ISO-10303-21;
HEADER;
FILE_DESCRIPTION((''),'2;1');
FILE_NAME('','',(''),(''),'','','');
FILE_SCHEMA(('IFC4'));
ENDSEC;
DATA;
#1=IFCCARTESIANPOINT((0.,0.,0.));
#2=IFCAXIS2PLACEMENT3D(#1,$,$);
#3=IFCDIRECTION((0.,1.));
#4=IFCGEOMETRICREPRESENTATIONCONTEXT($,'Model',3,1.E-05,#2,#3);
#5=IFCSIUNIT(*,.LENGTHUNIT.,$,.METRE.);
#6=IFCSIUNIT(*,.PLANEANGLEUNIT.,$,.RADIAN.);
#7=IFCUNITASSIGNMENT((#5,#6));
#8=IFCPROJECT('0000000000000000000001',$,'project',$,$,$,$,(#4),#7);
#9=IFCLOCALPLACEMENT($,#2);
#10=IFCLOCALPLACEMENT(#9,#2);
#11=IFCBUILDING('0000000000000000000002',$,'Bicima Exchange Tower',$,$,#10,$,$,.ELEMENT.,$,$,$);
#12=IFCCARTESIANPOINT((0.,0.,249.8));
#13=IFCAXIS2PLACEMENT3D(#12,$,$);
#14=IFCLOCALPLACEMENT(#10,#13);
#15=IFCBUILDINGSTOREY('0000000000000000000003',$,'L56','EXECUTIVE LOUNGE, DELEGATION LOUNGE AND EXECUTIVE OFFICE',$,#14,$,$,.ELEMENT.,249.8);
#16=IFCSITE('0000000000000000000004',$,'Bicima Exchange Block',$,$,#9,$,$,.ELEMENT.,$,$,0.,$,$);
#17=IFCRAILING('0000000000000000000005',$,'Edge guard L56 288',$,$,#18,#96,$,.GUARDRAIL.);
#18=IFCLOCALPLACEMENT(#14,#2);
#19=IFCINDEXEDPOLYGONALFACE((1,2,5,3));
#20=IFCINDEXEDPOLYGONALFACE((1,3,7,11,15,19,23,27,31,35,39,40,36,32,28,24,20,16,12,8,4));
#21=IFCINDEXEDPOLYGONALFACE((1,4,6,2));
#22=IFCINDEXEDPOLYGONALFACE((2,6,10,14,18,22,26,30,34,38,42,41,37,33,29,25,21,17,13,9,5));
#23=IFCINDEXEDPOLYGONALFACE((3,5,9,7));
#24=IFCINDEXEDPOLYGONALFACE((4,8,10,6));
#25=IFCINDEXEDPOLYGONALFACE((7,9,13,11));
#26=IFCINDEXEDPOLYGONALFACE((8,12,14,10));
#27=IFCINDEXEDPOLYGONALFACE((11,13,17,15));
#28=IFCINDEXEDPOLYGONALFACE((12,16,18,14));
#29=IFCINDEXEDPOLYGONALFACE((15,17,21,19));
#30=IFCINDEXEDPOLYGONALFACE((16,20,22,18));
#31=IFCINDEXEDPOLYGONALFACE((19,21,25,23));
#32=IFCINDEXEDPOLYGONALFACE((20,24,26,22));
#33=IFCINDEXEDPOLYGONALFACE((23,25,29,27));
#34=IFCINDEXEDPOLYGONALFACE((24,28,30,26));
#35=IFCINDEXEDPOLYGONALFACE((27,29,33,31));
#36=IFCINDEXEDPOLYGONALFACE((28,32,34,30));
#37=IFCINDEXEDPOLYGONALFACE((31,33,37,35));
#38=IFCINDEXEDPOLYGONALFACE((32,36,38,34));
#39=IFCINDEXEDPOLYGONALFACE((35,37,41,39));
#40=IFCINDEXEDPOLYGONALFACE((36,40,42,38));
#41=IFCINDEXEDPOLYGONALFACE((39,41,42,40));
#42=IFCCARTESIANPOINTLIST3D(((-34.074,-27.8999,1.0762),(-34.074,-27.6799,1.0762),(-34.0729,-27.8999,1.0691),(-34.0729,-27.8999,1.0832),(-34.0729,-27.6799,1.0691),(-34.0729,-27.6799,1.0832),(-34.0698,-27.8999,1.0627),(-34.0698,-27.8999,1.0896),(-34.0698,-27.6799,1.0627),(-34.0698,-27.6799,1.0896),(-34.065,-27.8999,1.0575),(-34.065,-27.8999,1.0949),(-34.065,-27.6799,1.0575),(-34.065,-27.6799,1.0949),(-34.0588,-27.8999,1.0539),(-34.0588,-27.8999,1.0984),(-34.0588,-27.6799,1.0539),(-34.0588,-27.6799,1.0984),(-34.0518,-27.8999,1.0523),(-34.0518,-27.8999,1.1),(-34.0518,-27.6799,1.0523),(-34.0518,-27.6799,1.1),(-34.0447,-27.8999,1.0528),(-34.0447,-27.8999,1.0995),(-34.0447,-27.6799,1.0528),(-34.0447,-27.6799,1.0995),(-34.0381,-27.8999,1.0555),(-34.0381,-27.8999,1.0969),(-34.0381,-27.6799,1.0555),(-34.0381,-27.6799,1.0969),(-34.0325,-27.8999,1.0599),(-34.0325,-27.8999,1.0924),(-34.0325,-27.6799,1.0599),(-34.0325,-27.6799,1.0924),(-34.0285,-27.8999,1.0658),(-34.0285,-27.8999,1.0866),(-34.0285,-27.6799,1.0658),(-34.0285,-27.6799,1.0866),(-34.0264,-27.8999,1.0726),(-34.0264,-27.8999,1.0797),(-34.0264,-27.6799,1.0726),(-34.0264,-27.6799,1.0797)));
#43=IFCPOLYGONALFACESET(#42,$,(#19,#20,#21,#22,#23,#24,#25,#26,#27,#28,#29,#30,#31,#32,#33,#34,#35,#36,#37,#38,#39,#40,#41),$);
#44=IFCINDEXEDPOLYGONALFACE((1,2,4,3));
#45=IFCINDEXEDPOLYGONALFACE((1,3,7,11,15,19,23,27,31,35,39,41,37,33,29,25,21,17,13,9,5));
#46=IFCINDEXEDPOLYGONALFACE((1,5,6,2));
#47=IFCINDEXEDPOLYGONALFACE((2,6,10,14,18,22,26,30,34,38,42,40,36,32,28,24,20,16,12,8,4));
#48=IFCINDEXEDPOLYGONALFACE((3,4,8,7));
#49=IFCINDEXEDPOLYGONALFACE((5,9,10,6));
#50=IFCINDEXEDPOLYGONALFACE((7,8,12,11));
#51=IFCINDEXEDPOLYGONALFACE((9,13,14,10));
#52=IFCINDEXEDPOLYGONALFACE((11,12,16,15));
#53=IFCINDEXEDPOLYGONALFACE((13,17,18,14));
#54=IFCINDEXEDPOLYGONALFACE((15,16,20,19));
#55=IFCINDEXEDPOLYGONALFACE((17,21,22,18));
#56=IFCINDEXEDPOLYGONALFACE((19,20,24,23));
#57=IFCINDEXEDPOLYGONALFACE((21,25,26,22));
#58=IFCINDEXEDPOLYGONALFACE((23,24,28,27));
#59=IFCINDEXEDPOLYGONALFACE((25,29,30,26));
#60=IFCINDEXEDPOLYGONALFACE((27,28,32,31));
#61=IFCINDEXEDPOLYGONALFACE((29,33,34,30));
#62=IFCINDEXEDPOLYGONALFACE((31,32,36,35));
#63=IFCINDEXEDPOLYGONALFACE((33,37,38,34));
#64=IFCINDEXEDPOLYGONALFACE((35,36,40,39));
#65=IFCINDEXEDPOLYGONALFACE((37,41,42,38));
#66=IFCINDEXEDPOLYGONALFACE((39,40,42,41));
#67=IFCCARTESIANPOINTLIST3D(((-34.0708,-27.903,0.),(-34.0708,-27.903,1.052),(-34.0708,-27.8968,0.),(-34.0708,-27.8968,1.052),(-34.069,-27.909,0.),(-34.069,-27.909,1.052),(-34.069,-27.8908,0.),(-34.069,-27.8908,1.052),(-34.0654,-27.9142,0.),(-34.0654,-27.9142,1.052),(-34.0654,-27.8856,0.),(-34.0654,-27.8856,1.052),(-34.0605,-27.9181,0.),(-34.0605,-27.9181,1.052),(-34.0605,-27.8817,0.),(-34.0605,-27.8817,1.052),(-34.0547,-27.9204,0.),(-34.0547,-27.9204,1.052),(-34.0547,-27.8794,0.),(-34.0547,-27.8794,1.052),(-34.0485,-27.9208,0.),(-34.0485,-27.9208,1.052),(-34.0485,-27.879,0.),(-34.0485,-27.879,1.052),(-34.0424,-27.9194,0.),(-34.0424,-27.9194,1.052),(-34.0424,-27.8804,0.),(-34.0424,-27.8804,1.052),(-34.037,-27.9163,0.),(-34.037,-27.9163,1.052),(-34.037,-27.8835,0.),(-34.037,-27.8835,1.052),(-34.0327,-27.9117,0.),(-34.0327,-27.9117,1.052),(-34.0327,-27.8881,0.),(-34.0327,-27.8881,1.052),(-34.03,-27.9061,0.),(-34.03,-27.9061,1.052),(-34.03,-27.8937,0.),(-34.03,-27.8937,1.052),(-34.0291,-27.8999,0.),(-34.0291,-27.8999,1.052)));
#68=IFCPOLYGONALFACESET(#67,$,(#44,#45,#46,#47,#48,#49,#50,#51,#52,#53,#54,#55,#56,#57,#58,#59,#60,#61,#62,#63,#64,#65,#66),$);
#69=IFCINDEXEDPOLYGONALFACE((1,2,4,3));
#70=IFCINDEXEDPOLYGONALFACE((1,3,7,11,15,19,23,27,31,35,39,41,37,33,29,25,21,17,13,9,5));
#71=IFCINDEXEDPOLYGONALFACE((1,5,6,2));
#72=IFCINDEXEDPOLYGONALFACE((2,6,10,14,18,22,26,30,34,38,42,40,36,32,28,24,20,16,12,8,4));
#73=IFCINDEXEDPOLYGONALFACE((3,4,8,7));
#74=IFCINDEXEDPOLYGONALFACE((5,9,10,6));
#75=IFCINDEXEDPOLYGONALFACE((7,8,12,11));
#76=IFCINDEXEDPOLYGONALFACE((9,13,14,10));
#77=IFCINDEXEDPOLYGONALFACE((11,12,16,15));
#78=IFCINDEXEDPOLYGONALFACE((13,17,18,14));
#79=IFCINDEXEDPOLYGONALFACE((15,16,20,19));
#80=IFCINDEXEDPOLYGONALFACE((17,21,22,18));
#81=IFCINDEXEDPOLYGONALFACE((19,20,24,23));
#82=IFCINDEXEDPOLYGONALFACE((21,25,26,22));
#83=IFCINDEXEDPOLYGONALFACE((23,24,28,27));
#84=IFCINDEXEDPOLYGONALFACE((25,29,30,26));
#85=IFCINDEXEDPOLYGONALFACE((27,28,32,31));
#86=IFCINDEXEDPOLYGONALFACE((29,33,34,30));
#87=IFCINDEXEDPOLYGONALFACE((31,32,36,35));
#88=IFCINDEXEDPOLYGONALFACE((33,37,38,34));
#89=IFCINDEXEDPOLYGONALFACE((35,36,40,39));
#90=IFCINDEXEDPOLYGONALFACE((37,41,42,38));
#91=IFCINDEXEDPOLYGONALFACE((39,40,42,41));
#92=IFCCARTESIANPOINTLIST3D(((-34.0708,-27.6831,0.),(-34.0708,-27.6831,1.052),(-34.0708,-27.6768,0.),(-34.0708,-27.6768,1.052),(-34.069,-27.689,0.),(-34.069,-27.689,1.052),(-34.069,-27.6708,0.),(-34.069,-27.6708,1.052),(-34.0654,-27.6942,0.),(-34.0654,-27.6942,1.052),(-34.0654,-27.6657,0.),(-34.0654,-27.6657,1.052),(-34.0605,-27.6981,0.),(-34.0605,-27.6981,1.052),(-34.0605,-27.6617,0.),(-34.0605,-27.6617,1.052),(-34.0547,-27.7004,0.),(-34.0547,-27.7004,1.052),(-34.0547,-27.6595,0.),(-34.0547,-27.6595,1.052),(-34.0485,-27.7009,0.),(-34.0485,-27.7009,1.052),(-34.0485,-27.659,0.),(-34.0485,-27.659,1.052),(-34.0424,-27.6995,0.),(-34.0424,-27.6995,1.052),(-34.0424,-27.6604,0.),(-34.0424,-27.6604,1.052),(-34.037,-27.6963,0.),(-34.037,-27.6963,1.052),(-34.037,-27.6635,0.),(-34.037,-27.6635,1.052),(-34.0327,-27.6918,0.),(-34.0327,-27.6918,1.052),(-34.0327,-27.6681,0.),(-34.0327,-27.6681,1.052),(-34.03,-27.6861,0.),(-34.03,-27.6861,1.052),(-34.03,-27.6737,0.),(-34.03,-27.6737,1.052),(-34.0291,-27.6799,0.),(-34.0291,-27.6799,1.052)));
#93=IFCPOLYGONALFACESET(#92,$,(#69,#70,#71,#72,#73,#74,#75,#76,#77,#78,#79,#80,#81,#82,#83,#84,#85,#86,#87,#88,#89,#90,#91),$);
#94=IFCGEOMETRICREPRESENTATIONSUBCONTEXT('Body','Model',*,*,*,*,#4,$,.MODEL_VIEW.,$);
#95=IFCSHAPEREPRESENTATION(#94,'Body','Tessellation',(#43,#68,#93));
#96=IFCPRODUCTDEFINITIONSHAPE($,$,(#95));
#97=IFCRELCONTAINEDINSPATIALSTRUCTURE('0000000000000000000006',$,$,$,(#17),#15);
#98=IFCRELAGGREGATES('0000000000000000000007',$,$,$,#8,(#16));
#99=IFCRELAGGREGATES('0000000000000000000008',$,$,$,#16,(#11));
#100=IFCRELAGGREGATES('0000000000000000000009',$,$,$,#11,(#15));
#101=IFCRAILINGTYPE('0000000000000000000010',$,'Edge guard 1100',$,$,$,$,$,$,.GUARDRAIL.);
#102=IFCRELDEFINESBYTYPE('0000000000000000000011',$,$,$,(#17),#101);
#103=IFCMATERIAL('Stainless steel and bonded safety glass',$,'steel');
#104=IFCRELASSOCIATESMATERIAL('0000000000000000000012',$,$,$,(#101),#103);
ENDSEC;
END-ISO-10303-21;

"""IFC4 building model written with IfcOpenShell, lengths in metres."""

from ifc_helpers import new_model, si_unit, direction, frame, origin, origin_2d, place, context, subcontext, project, spatial, circle, extrude, material, type_object, element, save


model = new_model("IFC4")

# Units and contexts
model_context = context("Model", 3, precision=1e-05, world=origin(), true_north=direction((0.0, 1.0)))
body_context = subcontext(model_context, "Body", "Model", "MODEL_VIEW")
ifc_project = project(units=[si_unit("LENGTHUNIT", "METRE"), si_unit("PLANEANGLEUNIT", "RADIAN")], contexts=[model_context])

# Site, building, storey
site_placement = place(None, origin())
site = spatial("IfcSite", under=ifc_project, at=site_placement, Name="Bicima Exchange Block", CompositionType="ELEMENT", RefElevation=0.0)
building_placement = place(site_placement, origin())
building = spatial("IfcBuilding", under=site, at=building_placement, Name="Bicima Exchange Tower", CompositionType="ELEMENT")
storey_placement = place(building_placement, frame((0.0, 0.0, 249.8)))
storey = spatial("IfcBuildingStorey", under=building, at=storey_placement, Name="L56", Description="EXECUTIVE LOUNGE, DELEGATION LOUNGE AND EXECUTIVE OFFICE", CompositionType="ELEMENT", Elevation=249.8)

# Railing
ifc_material_1 = material(Name="Stainless steel and bonded safety glass", Category="steel")
railing_type = type_object("IfcRailingType", Name="Edge guard 1100", PredefinedType="GUARDRAIL", material=ifc_material_1)
railing_1_placement = place(storey_placement, frame((-34.05, -27.8999, 0.0)))
element("IfcRailing", 1, at=railing_1_placement, inside=storey, type_object=railing_type, Name="Edge guard L56 288", PredefinedType="GUARDRAIL", context=body_context, shape_type="SweptSolid", body=[
    extrude(circle(Radius=0.0239, at=origin_2d()), frame((0.0, 0.0, 1.0762), z_axis=(0.0, 1.0, 0.0), x_axis=(-1.0, 0.0, 0.0)), (0.0, 0.0, 1.0), 0.22),
    extrude(circle(Radius=0.021, at=origin_2d()), origin(), (0.0, 0.0, 1.0), 1.052),
    extrude(circle(Radius=0.021, at=origin_2d()), frame((0.0, 0.22, 0.0)), (0.0, 0.0, 1.0), 1.052),
])

save(model, "model.ifc")
